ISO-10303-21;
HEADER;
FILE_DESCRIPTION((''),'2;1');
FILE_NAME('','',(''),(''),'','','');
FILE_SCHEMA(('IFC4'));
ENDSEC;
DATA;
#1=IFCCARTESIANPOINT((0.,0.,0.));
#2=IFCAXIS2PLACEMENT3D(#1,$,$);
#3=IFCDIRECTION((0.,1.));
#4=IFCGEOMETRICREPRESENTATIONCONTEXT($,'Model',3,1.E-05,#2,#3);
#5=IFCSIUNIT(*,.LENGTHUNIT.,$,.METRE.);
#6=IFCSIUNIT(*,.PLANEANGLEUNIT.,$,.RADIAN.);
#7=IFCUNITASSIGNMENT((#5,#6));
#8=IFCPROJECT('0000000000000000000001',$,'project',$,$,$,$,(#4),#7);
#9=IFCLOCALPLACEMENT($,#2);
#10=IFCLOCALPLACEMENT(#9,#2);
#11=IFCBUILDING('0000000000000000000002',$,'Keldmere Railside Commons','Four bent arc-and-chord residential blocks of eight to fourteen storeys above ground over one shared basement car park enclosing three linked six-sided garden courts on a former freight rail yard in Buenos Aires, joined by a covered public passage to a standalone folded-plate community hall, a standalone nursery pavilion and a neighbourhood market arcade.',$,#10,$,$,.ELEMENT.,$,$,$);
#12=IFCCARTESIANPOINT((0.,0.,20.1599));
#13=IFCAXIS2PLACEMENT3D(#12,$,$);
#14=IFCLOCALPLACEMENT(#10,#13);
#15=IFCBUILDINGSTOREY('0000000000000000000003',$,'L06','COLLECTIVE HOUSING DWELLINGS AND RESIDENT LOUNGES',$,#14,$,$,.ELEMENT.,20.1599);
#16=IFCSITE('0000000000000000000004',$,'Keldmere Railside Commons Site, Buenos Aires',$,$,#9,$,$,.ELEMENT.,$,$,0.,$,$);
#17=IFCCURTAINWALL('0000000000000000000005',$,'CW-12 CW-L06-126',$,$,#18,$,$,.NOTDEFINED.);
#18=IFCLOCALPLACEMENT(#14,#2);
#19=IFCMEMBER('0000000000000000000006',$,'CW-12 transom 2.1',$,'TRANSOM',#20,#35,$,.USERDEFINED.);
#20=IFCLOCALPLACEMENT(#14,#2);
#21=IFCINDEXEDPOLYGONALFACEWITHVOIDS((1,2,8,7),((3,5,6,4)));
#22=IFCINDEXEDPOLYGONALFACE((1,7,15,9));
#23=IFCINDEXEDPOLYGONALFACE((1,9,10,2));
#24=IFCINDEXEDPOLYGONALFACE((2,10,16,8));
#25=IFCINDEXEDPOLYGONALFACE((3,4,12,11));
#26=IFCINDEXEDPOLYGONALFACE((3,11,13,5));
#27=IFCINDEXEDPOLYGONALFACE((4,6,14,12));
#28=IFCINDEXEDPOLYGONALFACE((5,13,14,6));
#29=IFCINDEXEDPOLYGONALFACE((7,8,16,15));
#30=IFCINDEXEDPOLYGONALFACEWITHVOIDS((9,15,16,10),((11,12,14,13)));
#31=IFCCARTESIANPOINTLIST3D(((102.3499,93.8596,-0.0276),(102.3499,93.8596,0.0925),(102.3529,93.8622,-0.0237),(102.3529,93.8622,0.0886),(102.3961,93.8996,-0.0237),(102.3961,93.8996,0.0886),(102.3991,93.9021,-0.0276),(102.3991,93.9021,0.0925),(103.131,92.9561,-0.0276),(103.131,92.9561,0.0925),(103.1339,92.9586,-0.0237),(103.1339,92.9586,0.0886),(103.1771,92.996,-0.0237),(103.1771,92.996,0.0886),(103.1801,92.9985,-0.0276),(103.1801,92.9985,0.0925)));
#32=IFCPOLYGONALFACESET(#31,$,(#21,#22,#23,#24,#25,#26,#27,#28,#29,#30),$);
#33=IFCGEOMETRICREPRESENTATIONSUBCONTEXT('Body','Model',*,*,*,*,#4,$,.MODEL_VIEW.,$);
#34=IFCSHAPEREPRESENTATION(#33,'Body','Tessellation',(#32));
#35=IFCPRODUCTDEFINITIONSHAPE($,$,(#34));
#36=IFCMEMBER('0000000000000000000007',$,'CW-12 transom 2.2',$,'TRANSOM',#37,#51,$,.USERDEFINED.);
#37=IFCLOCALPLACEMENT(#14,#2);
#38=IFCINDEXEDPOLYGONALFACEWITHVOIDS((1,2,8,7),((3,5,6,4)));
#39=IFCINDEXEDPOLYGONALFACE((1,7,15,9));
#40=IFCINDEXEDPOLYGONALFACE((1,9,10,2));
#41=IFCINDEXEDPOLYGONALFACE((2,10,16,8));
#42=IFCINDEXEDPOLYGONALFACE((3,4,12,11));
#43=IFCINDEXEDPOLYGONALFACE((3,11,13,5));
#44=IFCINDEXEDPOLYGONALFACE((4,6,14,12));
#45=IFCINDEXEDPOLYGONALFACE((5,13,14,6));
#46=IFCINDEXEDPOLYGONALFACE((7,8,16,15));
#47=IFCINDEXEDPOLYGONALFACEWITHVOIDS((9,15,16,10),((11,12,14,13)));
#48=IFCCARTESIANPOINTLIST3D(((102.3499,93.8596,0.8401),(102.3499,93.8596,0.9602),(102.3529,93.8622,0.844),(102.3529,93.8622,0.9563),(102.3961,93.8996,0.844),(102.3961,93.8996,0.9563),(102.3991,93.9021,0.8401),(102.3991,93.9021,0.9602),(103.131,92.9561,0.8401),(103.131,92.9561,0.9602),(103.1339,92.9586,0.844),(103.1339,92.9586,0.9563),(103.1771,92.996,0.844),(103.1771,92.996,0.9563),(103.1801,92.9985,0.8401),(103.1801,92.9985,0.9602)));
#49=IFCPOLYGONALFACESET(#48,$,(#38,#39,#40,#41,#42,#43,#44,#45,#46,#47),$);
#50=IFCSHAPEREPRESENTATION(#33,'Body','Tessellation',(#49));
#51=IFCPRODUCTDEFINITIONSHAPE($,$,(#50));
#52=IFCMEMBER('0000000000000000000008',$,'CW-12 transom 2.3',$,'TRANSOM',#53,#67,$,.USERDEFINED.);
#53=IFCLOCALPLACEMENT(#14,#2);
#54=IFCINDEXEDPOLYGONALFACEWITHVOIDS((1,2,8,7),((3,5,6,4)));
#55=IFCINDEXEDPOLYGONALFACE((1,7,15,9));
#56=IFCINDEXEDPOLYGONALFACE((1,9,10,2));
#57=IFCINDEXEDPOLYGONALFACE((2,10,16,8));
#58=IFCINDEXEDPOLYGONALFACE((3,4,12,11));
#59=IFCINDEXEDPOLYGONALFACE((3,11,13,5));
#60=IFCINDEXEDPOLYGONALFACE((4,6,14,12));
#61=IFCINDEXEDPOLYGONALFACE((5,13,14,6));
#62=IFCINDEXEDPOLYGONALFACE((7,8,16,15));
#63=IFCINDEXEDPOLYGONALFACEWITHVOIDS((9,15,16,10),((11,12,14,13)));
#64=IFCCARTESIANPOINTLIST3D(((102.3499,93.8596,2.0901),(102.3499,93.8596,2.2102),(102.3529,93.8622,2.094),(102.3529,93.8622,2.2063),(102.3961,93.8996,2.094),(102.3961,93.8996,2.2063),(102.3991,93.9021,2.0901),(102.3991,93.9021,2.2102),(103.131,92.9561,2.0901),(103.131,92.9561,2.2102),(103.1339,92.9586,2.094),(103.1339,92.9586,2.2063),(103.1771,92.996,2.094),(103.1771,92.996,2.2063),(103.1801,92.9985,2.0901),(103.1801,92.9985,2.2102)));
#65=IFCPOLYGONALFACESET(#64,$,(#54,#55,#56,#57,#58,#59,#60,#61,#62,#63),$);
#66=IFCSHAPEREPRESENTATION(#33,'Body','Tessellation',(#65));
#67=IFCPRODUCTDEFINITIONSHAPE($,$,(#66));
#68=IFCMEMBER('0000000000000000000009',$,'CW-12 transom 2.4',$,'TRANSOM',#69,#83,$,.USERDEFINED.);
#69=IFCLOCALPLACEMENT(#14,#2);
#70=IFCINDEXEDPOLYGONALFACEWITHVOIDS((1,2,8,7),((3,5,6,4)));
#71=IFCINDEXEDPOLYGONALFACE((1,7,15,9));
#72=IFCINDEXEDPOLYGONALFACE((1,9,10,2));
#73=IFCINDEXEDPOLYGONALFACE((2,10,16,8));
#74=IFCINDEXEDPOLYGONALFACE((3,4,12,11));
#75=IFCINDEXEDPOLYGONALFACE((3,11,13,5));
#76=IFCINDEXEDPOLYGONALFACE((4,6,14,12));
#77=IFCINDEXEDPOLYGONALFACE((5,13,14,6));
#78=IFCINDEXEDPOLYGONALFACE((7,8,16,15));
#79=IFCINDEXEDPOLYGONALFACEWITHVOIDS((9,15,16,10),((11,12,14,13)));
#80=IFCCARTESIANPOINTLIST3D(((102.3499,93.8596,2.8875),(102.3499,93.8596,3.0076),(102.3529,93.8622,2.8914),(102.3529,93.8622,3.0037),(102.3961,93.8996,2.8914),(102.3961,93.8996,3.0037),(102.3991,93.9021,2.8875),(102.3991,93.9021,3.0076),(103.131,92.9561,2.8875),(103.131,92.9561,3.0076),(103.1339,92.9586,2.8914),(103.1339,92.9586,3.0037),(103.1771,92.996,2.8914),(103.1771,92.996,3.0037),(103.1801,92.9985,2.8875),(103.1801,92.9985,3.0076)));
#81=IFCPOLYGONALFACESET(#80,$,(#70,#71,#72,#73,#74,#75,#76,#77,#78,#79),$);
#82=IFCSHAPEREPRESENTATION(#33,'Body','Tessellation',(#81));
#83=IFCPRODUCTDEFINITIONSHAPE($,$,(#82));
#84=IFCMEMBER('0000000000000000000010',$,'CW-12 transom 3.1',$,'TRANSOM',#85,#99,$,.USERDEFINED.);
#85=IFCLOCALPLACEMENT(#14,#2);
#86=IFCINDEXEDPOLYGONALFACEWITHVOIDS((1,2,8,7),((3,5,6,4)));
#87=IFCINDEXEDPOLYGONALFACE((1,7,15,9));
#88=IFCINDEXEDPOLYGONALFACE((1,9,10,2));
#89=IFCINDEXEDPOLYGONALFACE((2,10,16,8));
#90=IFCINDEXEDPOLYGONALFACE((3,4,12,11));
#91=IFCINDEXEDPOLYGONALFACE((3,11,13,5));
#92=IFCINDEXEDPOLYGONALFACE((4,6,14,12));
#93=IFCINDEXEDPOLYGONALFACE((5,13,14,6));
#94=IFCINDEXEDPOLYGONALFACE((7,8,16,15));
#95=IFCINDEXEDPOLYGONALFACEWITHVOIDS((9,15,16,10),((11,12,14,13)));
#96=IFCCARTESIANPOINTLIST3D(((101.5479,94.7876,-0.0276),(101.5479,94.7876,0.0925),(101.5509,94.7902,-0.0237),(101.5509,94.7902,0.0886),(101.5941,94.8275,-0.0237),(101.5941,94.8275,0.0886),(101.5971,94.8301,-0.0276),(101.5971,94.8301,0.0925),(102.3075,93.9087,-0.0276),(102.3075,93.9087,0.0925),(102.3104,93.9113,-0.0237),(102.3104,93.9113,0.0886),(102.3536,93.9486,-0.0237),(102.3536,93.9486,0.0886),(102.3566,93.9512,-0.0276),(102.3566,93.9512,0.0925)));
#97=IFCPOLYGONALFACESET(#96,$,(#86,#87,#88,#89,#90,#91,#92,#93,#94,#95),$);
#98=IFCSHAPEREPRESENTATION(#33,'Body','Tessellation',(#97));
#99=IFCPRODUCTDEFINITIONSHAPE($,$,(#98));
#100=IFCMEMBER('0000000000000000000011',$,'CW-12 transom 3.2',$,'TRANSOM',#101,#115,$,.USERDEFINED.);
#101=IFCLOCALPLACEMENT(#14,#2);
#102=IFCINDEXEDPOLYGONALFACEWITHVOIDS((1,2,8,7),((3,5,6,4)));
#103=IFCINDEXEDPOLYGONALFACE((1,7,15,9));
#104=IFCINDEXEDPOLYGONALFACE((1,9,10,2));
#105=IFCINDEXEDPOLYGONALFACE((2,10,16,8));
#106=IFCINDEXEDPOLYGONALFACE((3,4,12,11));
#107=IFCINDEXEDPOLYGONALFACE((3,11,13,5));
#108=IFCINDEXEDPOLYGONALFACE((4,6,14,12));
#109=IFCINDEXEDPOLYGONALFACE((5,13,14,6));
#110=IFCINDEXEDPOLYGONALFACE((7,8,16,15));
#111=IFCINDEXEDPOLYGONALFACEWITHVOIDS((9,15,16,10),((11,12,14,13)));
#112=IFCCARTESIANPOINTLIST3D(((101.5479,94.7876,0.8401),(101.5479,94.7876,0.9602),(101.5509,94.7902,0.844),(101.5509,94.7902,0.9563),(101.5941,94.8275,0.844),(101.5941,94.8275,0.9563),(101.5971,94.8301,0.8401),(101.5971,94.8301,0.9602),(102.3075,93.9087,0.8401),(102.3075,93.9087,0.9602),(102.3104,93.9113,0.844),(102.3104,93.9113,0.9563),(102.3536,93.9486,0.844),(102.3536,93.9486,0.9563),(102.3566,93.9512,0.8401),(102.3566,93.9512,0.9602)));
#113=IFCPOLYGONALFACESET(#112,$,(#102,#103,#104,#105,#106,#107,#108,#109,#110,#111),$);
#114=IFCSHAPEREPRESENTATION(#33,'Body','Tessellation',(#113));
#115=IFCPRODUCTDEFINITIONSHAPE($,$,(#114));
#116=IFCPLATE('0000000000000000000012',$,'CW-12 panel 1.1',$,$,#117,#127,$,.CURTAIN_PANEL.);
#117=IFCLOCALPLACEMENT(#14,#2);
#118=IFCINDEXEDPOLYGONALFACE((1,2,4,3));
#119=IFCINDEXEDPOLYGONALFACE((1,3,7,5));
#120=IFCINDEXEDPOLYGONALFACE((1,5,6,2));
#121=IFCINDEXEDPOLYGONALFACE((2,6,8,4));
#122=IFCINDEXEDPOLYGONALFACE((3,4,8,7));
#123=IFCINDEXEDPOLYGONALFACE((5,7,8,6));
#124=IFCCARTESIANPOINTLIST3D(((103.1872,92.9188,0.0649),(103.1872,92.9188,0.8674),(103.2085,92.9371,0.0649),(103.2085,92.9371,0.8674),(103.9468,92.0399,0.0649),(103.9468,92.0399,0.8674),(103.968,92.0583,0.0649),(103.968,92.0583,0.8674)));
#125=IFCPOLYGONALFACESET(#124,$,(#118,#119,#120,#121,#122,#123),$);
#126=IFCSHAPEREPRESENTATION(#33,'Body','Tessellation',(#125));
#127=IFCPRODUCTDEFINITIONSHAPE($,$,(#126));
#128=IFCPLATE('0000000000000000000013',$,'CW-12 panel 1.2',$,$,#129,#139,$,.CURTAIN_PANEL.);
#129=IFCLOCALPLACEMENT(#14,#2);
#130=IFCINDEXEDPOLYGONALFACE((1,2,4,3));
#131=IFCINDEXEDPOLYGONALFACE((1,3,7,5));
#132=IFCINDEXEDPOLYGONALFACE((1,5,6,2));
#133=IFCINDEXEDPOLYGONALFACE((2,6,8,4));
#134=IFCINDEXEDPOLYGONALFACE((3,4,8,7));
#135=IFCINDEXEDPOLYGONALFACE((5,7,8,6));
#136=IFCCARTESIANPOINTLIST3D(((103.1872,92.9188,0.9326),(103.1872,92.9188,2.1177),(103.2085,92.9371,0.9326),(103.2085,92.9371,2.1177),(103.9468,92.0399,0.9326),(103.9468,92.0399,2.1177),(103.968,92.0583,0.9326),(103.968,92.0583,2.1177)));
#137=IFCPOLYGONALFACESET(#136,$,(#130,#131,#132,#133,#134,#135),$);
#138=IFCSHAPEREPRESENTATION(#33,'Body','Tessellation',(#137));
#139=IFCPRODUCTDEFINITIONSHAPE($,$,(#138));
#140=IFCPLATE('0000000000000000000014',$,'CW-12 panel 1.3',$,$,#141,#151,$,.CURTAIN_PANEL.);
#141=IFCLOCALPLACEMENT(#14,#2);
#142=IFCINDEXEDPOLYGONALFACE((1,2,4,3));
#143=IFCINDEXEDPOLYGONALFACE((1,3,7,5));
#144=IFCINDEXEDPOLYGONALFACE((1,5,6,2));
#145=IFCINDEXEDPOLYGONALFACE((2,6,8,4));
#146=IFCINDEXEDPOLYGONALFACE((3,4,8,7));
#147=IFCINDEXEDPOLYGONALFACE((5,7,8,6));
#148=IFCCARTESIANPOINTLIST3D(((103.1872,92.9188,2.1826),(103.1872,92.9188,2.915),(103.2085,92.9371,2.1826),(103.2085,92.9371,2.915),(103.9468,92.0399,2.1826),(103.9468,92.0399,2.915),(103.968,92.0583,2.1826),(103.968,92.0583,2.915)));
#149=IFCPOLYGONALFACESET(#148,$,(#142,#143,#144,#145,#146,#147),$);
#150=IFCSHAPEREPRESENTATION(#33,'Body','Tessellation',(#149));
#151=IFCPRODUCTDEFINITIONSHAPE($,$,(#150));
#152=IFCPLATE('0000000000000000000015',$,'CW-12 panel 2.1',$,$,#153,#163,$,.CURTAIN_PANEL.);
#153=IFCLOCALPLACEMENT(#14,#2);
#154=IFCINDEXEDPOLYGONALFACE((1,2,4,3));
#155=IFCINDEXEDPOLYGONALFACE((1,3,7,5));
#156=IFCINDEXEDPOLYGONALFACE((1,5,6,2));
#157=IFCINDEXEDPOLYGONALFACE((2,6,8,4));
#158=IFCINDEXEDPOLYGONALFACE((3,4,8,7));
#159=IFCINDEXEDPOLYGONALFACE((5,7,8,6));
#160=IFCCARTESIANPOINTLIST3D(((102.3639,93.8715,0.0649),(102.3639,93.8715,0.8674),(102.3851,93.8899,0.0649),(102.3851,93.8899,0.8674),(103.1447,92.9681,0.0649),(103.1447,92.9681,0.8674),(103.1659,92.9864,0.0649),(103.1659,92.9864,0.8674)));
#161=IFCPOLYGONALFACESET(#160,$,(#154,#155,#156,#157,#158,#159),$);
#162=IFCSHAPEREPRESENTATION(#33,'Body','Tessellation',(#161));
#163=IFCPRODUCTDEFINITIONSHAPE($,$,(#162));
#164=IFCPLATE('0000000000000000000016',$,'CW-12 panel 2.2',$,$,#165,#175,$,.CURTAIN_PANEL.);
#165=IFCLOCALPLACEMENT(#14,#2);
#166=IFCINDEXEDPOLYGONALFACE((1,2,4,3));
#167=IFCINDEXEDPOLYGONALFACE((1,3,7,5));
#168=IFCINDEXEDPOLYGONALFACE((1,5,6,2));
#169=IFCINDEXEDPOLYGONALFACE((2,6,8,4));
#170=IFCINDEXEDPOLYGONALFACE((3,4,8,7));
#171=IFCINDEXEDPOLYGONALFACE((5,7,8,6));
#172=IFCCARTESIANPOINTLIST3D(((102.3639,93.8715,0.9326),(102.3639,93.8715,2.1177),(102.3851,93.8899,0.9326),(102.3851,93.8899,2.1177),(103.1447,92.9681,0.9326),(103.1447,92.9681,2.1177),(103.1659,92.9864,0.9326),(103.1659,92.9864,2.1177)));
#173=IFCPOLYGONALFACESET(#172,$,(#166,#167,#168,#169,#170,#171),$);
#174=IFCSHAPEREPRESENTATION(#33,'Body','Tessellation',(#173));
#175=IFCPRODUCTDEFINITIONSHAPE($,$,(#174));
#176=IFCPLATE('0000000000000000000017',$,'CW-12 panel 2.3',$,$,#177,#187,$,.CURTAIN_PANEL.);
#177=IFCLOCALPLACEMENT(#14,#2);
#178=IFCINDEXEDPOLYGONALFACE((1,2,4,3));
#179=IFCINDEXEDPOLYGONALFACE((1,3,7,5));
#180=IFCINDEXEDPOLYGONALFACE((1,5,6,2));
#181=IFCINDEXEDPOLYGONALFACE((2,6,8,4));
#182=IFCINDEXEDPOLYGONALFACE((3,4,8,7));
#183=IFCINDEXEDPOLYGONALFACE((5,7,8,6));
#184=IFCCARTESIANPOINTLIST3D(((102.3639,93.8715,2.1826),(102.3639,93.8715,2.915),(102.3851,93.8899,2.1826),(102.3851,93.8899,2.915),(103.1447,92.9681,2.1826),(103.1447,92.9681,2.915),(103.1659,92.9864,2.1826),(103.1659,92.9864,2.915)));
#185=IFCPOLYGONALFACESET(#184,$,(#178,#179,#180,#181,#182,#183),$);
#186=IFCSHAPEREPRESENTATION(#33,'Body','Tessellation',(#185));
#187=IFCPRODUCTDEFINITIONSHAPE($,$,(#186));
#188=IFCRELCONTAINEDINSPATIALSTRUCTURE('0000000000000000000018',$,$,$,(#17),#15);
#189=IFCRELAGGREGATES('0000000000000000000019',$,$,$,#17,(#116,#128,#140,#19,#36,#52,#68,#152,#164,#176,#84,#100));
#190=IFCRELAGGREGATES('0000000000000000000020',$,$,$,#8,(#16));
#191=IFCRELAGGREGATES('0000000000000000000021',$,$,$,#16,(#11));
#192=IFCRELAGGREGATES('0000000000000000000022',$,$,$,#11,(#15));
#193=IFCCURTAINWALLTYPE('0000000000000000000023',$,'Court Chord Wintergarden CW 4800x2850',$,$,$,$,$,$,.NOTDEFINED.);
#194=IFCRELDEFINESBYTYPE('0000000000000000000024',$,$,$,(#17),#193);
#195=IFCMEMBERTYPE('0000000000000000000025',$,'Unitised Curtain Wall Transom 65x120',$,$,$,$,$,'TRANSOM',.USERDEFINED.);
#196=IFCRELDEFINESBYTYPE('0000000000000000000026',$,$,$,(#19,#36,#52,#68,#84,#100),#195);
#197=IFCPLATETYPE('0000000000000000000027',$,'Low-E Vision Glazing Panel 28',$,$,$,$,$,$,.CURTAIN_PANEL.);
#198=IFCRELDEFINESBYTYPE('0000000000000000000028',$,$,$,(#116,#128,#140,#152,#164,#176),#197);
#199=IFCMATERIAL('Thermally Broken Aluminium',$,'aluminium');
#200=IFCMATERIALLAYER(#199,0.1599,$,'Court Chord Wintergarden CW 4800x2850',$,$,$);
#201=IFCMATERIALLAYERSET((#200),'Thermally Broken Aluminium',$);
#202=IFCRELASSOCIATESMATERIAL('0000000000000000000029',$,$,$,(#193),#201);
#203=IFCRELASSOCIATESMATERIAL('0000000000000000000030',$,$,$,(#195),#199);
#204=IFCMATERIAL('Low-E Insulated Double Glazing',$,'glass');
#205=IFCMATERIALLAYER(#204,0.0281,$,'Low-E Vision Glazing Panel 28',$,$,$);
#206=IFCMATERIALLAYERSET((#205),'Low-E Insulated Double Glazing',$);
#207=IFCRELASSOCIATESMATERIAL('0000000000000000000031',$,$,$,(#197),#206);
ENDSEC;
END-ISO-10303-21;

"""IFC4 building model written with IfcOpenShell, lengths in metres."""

from ifc_helpers import new_model, si_unit, direction, frame, origin, origin_2d, place, context, subcontext, project, spatial, rectangle, hollow_rectangle, extrude, material, layer, layer_set, material_profile, profile_set, type_object, element, aggregate, save


model = new_model("IFC4")

# Units and contexts
model_context = context("Model", 3, precision=1e-05, world=origin(), true_north=direction((0.0, 1.0)))
body_context = subcontext(model_context, "Body", "Model", "MODEL_VIEW")
ifc_project = project(units=[si_unit("LENGTHUNIT", "METRE"), si_unit("PLANEANGLEUNIT", "RADIAN")], contexts=[model_context])

# Site, building, storey
site_placement = place(None, origin())
site = spatial("IfcSite", under=ifc_project, at=site_placement, Name="Keldmere Railside Commons Site, Buenos Aires", CompositionType="ELEMENT", RefElevation=0.0)
building_placement = place(site_placement, origin())
building = spatial("IfcBuilding", under=site, at=building_placement, Name="Keldmere Railside Commons", Description="Four bent arc-and-chord residential blocks of eight to fourteen storeys above ground over one shared basement car park enclosing three linked six-sided garden courts on a former freight rail yard in Buenos Aires, joined by a covered public passage to a standalone folded-plate community hall, a standalone nursery pavilion and a neighbourhood market arcade.", CompositionType="ELEMENT")
storey_placement = place(building_placement, frame((0.0, 0.0, 20.1599)))
storey = spatial("IfcBuildingStorey", under=building, at=storey_placement, Name="L06", Description="COLLECTIVE HOUSING DWELLINGS AND RESIDENT LOUNGES", CompositionType="ELEMENT", Elevation=20.1599)

# Curtain wall, members, plates
ifc_material_1 = material(Name="Thermally Broken Aluminium", Category="aluminium")
ifc_layer_1 = layer(ifc_material_1, 0.1599, Name="Court Chord Wintergarden CW 4800x2850")
ifc_layer_set_1 = layer_set([ifc_layer_1], Name="Thermally Broken Aluminium")
curtain_wall_type = type_object("IfcCurtainWallType", Name="Court Chord Wintergarden CW 4800x2850", PredefinedType="NOTDEFINED", material=ifc_layer_set_1)
curtain_wall_placement = place(storey_placement, origin())
curtain_wall = element("IfcCurtainWall", 1, at=curtain_wall_placement, inside=storey, type_object=curtain_wall_type, Name="CW-12 CW-L06-126", PredefinedType="NOTDEFINED")
ifc_material_profile_1 = material_profile(ifc_material_1, hollow_rectangle(XDim=0.0649, YDim=0.1201, WallThickness=0.0039, at=origin_2d()), Name="ALU-TRAN-65x120")
ifc_profile_set_1 = profile_set([ifc_material_profile_1], Name="Thermally Broken Aluminium")
member_type_1 = type_object("IfcMemberType", Name="Unitised Curtain Wall Transom 65x120", ElementType="TRANSOM", PredefinedType="USERDEFINED", material=ifc_profile_set_1)
member_1_placement = place(storey_placement, frame((103.1555, 92.9773, 0.0325), z_axis=(-0.653934, 0.756552, 0.0), x_axis=(-0.756552, -0.653934, 0.0)))
member_1 = element("IfcMember", 2, at=member_1_placement, type_object=member_type_1, Name="CW-12 transom 2.1", ObjectType="TRANSOM", PredefinedType="USERDEFINED", context=body_context, shape_type="SweptSolid", body=[
    extrude(hollow_rectangle(XDim=0.0649, YDim=0.1201, WallThickness=0.0039, at=origin_2d()), origin(), (0.0, 0.0, 1.0), 1.1943),
])
member_2_placement = place(storey_placement, frame((103.1555, 92.9773, 0.9001), z_axis=(-0.653934, 0.756552, 0.0), x_axis=(-0.756552, -0.653934, 0.0)))
member_2 = element("IfcMember", 3, at=member_2_placement, type_object=member_type_1, Name="CW-12 transom 2.2", ObjectType="TRANSOM", PredefinedType="USERDEFINED", context=body_context, shape_type="SweptSolid", body=[
    extrude(hollow_rectangle(XDim=0.0649, YDim=0.1201, WallThickness=0.0039, at=origin_2d()), origin(), (0.0, 0.0, 1.0), 1.1943),
])
member_3_placement = place(storey_placement, frame((103.1555, 92.9773, 2.1501), z_axis=(-0.653934, 0.756552, 0.0), x_axis=(-0.756552, -0.653934, 0.0)))
member_3 = element("IfcMember", 4, at=member_3_placement, type_object=member_type_1, Name="CW-12 transom 2.3", ObjectType="TRANSOM", PredefinedType="USERDEFINED", context=body_context, shape_type="SweptSolid", body=[
    extrude(hollow_rectangle(XDim=0.0649, YDim=0.1201, WallThickness=0.0039, at=origin_2d()), origin(), (0.0, 0.0, 1.0), 1.1943),
])
member_4_placement = place(storey_placement, frame((103.1555, 92.9773, 2.9475), z_axis=(-0.653934, 0.756552, 0.0), x_axis=(-0.756552, -0.653934, 0.0)))
member_4 = element("IfcMember", 5, at=member_4_placement, type_object=member_type_1, Name="CW-12 transom 2.4", ObjectType="TRANSOM", PredefinedType="USERDEFINED", context=body_context, shape_type="SweptSolid", body=[
    extrude(hollow_rectangle(XDim=0.0649, YDim=0.1201, WallThickness=0.0039, at=origin_2d()), origin(), (0.0, 0.0, 1.0), 1.1943),
])
member_5_placement = place(storey_placement, frame((102.332, 93.9299, 0.0325), z_axis=(-0.65385, 0.756624, 0.0), x_axis=(-0.756624, -0.65385, 0.0)))
member_5 = element("IfcMember", 6, at=member_5_placement, type_object=member_type_1, Name="CW-12 transom 3.1", ObjectType="TRANSOM", PredefinedType="USERDEFINED", context=body_context, shape_type="SweptSolid", body=[
    extrude(hollow_rectangle(XDim=0.0649, YDim=0.1201, WallThickness=0.0039, at=origin_2d()), origin(), (0.0, 0.0, 1.0), 1.1616),
])
member_6_placement = place(storey_placement, frame((102.332, 93.9299, 0.9001), z_axis=(-0.65385, 0.756624, 0.0), x_axis=(-0.756624, -0.65385, 0.0)))
member_6 = element("IfcMember", 7, at=member_6_placement, type_object=member_type_1, Name="CW-12 transom 3.2", ObjectType="TRANSOM", PredefinedType="USERDEFINED", context=body_context, shape_type="SweptSolid", body=[
    extrude(hollow_rectangle(XDim=0.0649, YDim=0.1201, WallThickness=0.0039, at=origin_2d()), origin(), (0.0, 0.0, 1.0), 1.1616),
])
ifc_material_2 = material(Name="Low-E Insulated Double Glazing", Category="glass")
ifc_layer_2 = layer(ifc_material_2, 0.0281, Name="Low-E Vision Glazing Panel 28")
ifc_layer_set_2 = layer_set([ifc_layer_2], Name="Low-E Insulated Double Glazing")
plate_type = type_object("IfcPlateType", Name="Low-E Vision Glazing Panel 28", PredefinedType="CURTAIN_PANEL", material=ifc_layer_set_2)
plate_1_placement = place(storey_placement, frame((103.5776, 92.4885, 0.0649), z_axis=(0.0, 0.0, 1.0), x_axis=(-0.653882, 0.756597, 0.0)))
plate_1 = element("IfcPlate", 8, at=plate_1_placement, type_object=plate_type, Name="CW-12 panel 1.1", PredefinedType="CURTAIN_PANEL", context=body_context, shape_type="SweptSolid", body=[
    extrude(rectangle(XDim=1.1616, YDim=0.0281, at=origin_2d()), origin(), (0.0, 0.0, 1.0), 0.8025),
])
plate_2_placement = place(storey_placement, frame((103.5776, 92.4885, 0.9326), z_axis=(0.0, 0.0, 1.0), x_axis=(-0.653882, 0.756597, 0.0)))
plate_2 = element("IfcPlate", 9, at=plate_2_placement, type_object=plate_type, Name="CW-12 panel 1.2", PredefinedType="CURTAIN_PANEL", context=body_context, shape_type="SweptSolid", body=[
    extrude(rectangle(XDim=1.1616, YDim=0.0281, at=origin_2d()), origin(), (0.0, 0.0, 1.0), 1.1851),
])
plate_3_placement = place(storey_placement, frame((103.5776, 92.4885, 2.1826), z_axis=(0.0, 0.0, 1.0), x_axis=(-0.653882, 0.756597, 0.0)))
plate_3 = element("IfcPlate", 10, at=plate_3_placement, type_object=plate_type, Name="CW-12 panel 1.3", PredefinedType="CURTAIN_PANEL", context=body_context, shape_type="SweptSolid", body=[
    extrude(rectangle(XDim=1.1616, YDim=0.0281, at=origin_2d()), origin(), (0.0, 0.0, 1.0), 0.7324),
])
plate_4_placement = place(storey_placement, frame((102.7649, 93.429, 0.0649), z_axis=(0.0, 0.0, 1.0), x_axis=(-0.653882, 0.756597, 0.0)))
plate_4 = element("IfcPlate", 11, at=plate_4_placement, type_object=plate_type, Name="CW-12 panel 2.1", PredefinedType="CURTAIN_PANEL", context=body_context, shape_type="SweptSolid", body=[
    extrude(rectangle(XDim=1.1941, YDim=0.0281, at=origin_2d()), origin(), (0.0, 0.0, 1.0), 0.8025),
])
plate_5_placement = place(storey_placement, frame((102.7649, 93.429, 0.9326), z_axis=(0.0, 0.0, 1.0), x_axis=(-0.653882, 0.756597, 0.0)))
plate_5 = element("IfcPlate", 12, at=plate_5_placement, type_object=plate_type, Name="CW-12 panel 2.2", PredefinedType="CURTAIN_PANEL", context=body_context, shape_type="SweptSolid", body=[
    extrude(rectangle(XDim=1.1941, YDim=0.0281, at=origin_2d()), origin(), (0.0, 0.0, 1.0), 1.1851),
])
plate_6_placement = place(storey_placement, frame((102.7649, 93.429, 2.1826), z_axis=(0.0, 0.0, 1.0), x_axis=(-0.653882, 0.756597, 0.0)))
plate_6 = element("IfcPlate", 13, at=plate_6_placement, type_object=plate_type, Name="CW-12 panel 2.3", PredefinedType="CURTAIN_PANEL", context=body_context, shape_type="SweptSolid", body=[
    extrude(rectangle(XDim=1.1941, YDim=0.0281, at=origin_2d()), origin(), (0.0, 0.0, 1.0), 0.7324),
])
aggregate(curtain_wall, [plate_1, plate_2, plate_3, member_1, member_2, member_3, member_4, plate_4, plate_5, plate_6, member_5, member_6])

save(model, "model.ifc")
